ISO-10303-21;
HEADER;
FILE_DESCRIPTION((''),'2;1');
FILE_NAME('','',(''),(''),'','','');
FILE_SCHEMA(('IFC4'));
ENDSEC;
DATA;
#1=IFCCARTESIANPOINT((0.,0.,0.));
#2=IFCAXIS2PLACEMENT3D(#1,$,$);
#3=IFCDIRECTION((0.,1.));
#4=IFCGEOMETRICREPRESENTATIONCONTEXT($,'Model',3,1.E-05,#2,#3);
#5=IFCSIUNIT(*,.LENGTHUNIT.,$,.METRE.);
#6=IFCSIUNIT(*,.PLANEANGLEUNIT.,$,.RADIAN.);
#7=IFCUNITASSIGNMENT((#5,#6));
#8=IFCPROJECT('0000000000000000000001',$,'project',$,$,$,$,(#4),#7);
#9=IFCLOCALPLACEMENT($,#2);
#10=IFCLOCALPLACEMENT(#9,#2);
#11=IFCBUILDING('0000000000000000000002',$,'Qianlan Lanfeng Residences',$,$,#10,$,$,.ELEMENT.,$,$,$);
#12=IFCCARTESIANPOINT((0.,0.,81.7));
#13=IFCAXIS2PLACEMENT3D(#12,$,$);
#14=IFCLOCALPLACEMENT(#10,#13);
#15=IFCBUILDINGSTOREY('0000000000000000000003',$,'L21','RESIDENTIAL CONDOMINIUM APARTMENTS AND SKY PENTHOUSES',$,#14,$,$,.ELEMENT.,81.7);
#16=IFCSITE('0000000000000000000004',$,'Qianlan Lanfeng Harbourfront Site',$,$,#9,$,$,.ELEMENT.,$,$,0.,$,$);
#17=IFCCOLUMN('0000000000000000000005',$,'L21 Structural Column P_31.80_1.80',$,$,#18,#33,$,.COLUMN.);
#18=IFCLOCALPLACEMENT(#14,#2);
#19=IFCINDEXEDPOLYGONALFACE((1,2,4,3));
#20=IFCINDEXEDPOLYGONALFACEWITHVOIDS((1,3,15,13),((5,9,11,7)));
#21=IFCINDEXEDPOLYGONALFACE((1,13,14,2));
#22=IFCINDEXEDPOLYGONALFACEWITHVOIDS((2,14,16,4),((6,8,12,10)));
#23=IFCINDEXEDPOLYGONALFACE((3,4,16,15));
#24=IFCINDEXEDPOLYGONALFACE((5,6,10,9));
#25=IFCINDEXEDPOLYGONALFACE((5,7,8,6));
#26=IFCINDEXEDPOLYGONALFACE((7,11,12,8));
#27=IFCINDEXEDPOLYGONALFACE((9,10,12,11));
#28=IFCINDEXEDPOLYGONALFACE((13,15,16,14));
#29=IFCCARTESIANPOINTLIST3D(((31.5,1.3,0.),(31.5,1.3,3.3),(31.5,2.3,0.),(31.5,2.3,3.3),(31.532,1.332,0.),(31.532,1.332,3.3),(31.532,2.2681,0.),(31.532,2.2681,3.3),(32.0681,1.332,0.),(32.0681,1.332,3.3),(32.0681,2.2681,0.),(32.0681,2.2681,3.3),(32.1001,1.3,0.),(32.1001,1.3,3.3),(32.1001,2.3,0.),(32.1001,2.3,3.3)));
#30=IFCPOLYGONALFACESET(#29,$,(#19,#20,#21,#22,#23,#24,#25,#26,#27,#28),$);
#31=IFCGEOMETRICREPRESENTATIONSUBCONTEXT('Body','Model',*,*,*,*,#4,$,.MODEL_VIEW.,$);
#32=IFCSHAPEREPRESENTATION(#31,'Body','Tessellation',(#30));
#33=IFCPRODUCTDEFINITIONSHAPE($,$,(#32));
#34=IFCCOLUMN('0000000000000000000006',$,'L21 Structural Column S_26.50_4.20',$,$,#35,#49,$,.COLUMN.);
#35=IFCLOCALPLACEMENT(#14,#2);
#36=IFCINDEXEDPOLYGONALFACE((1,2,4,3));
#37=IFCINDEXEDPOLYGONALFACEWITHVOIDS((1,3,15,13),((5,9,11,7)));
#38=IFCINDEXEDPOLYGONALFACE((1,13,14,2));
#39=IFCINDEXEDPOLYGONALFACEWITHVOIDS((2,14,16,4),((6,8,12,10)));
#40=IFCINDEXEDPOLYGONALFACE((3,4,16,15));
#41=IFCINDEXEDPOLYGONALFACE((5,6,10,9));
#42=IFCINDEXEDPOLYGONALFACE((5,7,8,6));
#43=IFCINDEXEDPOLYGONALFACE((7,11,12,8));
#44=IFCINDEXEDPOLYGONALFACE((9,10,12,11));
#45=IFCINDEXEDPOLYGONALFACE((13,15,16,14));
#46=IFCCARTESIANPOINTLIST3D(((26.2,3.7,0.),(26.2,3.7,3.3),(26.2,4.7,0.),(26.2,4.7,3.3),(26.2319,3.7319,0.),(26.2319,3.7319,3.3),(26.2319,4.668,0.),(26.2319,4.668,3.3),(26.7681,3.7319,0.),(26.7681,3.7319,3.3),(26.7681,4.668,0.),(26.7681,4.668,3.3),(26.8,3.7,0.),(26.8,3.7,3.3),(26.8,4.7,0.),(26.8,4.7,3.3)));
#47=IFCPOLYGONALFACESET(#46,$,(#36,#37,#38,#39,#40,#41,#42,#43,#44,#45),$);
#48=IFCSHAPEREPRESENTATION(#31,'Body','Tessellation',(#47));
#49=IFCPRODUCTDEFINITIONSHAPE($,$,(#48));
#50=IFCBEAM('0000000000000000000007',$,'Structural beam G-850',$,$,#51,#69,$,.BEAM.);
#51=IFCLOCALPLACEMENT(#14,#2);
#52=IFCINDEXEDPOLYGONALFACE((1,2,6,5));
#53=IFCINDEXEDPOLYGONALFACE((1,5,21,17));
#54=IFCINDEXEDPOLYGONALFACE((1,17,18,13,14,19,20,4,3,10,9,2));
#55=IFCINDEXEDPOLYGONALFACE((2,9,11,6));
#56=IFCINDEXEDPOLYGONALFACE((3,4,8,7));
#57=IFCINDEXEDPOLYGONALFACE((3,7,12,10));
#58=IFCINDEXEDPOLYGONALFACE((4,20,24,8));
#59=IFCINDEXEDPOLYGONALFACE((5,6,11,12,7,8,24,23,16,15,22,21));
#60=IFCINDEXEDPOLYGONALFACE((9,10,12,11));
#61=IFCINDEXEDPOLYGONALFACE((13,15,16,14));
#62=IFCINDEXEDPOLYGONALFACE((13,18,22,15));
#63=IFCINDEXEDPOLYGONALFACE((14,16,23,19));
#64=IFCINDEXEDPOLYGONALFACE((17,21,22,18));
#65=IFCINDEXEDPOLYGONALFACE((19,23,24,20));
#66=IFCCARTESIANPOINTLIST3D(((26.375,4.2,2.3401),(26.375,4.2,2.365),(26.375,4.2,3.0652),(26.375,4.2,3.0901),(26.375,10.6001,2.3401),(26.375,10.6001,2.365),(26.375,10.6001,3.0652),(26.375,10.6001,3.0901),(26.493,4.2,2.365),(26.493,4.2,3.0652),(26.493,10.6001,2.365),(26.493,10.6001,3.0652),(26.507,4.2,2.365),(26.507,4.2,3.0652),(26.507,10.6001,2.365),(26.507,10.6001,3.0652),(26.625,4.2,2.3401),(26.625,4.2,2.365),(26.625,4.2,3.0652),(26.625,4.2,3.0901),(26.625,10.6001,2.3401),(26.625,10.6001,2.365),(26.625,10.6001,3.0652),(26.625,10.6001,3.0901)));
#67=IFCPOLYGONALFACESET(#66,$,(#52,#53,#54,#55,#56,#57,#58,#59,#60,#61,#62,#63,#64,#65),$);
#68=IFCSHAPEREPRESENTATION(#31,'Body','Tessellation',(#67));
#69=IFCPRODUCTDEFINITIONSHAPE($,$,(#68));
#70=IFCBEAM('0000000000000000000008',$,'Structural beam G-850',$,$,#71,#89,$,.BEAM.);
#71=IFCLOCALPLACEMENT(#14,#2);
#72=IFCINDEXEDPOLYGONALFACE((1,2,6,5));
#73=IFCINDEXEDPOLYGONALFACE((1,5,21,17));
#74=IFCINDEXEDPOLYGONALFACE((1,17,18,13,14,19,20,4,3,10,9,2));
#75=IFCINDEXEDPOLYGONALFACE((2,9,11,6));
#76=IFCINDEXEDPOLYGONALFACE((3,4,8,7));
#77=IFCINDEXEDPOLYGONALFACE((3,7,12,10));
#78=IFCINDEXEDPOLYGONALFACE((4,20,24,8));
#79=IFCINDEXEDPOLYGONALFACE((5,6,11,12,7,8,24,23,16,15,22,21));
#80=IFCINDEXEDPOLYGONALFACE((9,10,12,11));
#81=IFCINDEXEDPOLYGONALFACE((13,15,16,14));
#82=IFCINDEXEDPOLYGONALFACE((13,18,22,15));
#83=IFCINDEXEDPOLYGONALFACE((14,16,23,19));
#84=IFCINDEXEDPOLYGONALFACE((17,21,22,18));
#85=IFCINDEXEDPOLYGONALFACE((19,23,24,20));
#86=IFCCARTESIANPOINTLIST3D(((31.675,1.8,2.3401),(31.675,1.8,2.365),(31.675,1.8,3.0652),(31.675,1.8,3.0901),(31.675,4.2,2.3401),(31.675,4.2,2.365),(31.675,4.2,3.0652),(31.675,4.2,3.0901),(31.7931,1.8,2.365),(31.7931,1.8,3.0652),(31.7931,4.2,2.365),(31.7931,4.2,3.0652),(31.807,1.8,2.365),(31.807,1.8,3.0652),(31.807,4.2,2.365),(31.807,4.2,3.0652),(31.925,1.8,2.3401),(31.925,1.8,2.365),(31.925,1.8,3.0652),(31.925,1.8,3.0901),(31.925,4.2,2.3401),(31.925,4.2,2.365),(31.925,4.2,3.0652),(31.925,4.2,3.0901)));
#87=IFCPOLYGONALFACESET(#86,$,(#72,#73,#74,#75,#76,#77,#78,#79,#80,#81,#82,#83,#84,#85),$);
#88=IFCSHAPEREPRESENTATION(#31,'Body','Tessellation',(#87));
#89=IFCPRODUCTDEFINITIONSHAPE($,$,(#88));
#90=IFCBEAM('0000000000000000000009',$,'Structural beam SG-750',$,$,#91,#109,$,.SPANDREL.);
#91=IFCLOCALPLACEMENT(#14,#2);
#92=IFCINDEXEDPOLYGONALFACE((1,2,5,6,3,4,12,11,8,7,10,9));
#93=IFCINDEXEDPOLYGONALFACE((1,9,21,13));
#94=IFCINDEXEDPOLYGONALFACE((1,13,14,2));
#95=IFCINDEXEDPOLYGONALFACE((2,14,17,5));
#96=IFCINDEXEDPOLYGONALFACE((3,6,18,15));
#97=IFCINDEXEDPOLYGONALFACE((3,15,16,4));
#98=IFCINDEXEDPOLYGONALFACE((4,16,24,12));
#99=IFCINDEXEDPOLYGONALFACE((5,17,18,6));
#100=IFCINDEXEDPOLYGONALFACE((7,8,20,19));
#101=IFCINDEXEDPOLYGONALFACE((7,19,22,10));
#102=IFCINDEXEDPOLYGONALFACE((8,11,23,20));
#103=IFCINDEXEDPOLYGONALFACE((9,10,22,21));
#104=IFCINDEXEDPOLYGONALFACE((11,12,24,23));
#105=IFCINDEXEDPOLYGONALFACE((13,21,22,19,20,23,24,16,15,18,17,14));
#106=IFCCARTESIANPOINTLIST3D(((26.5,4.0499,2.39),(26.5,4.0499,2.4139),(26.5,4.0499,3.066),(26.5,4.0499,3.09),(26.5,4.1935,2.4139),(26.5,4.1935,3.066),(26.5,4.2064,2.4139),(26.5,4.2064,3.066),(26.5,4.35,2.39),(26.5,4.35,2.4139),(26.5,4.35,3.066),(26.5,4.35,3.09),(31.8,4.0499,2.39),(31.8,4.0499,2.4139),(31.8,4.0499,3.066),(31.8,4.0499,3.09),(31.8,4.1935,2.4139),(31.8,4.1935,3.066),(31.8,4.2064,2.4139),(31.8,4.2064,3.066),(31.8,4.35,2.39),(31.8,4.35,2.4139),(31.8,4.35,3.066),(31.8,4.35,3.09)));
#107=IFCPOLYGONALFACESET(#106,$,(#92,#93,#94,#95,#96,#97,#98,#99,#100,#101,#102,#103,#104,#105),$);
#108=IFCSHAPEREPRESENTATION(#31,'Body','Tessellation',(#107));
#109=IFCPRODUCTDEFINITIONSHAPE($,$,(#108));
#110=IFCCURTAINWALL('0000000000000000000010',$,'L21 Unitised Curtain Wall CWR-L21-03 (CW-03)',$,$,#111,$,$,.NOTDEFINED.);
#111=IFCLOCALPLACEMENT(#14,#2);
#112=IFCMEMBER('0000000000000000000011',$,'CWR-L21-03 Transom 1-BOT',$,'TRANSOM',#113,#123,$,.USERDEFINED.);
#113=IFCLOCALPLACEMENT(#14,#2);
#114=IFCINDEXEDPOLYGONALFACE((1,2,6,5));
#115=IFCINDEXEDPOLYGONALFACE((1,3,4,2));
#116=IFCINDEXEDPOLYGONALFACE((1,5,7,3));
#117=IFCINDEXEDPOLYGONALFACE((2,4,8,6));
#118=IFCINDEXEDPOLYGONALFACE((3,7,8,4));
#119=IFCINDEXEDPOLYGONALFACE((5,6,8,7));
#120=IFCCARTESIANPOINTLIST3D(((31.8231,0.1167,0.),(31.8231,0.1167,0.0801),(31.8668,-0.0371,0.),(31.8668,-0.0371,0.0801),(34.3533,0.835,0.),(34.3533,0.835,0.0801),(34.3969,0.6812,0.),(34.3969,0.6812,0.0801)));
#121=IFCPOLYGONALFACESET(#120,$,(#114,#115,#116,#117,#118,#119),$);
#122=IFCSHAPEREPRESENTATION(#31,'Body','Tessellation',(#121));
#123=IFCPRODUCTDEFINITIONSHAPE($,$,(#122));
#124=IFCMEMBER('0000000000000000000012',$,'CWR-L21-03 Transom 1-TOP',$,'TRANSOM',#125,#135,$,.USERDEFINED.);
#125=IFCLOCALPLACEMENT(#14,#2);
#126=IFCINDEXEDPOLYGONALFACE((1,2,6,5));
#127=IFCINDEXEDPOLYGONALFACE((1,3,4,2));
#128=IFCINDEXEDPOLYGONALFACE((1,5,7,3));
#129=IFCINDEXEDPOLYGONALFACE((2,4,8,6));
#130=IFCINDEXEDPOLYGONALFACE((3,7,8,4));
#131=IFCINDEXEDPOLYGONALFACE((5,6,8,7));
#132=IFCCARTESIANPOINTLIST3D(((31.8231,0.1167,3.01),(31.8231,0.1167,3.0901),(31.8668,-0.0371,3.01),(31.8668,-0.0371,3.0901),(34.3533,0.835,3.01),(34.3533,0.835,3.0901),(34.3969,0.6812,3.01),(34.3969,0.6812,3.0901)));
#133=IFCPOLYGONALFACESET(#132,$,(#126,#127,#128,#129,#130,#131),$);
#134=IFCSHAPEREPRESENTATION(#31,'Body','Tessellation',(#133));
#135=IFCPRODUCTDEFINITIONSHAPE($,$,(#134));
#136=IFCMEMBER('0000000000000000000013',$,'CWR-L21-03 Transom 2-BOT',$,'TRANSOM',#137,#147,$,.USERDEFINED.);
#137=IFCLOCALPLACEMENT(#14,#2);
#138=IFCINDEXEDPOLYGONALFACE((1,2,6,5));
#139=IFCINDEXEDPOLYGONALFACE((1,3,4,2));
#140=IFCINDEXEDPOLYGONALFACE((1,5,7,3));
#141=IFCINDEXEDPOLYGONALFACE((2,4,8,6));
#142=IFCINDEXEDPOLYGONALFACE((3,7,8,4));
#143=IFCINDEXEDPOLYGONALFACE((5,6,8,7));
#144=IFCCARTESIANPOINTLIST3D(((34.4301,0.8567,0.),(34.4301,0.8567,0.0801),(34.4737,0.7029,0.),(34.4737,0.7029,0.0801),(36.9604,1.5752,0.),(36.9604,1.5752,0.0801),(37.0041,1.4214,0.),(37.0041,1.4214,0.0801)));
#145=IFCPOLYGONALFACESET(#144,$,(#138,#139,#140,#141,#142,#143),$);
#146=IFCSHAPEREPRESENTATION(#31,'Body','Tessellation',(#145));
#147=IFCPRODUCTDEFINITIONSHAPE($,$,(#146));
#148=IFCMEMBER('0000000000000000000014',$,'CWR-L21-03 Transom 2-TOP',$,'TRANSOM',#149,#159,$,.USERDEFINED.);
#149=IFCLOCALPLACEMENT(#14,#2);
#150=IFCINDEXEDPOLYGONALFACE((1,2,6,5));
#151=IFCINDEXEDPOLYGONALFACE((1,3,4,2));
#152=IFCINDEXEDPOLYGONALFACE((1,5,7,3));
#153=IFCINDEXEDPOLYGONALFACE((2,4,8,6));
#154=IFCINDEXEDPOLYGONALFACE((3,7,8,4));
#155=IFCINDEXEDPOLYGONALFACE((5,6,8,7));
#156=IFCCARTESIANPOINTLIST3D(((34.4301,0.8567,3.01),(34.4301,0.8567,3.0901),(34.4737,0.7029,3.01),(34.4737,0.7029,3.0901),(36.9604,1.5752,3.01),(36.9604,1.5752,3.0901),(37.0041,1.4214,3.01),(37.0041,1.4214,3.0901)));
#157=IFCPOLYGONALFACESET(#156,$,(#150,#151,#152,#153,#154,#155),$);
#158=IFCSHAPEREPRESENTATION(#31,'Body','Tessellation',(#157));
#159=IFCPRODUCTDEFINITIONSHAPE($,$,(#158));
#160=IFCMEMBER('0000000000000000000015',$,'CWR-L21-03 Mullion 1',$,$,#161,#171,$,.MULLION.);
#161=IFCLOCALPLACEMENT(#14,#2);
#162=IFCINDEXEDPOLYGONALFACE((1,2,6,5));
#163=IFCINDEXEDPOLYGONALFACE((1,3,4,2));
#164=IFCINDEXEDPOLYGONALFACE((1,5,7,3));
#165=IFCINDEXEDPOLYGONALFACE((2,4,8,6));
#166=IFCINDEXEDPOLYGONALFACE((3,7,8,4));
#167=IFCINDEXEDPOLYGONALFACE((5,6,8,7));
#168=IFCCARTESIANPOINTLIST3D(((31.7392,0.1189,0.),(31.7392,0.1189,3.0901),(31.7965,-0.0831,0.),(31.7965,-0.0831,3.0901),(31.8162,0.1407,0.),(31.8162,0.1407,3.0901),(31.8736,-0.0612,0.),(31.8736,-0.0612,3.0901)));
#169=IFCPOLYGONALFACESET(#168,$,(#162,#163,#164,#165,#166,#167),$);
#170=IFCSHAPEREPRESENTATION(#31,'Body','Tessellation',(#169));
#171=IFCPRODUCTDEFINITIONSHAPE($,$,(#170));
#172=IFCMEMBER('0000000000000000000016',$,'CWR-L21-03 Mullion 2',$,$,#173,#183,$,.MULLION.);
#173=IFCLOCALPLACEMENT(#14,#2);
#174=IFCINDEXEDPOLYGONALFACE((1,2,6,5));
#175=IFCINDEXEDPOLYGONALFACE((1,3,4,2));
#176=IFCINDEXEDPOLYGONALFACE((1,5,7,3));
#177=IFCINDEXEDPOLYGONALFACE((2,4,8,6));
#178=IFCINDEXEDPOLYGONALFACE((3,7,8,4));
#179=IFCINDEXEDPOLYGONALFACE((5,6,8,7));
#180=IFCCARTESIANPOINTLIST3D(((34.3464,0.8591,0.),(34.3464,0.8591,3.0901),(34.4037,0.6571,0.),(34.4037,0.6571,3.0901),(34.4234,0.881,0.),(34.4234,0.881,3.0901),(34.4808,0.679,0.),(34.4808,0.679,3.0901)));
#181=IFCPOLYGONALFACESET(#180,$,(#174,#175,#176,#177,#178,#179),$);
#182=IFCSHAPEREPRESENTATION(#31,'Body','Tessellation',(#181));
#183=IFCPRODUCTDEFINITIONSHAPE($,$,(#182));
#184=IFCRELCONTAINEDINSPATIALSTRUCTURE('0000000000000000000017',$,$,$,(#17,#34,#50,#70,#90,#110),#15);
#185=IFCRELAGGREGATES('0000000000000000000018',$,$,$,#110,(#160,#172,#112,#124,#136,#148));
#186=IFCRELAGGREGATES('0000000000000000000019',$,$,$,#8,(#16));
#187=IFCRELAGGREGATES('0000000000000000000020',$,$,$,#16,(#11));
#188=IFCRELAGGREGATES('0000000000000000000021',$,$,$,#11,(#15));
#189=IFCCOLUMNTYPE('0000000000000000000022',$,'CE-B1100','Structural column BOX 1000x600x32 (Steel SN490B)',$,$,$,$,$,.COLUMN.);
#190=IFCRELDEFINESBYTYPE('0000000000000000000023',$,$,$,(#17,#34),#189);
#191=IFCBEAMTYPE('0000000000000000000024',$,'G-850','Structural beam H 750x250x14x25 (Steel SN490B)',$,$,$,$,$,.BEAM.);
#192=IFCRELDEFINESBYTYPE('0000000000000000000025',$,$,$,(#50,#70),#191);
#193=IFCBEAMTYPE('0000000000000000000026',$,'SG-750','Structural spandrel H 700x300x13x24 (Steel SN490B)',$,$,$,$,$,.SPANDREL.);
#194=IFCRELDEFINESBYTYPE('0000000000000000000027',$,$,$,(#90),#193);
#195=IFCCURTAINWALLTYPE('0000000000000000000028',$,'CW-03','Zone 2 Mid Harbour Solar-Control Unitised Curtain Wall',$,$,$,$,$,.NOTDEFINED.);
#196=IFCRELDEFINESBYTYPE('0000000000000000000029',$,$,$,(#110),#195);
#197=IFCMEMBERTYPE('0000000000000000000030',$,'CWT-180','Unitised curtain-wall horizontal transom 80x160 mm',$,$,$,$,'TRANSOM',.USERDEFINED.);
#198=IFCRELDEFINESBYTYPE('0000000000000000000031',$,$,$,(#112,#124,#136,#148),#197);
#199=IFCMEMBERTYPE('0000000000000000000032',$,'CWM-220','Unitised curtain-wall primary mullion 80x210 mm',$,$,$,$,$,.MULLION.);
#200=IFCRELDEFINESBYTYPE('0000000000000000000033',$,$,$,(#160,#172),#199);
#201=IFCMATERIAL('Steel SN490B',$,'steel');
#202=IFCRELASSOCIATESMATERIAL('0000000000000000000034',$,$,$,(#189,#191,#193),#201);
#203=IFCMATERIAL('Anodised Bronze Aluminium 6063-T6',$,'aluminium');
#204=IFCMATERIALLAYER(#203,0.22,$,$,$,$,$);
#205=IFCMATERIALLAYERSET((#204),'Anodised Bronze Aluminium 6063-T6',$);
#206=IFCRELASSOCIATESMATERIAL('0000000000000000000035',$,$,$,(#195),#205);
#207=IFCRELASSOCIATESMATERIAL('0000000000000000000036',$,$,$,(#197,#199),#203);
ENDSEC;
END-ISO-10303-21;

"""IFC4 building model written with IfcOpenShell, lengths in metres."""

from ifc_helpers import new_model, si_unit, direction, frame, origin, origin_2d, place, context, subcontext, project, spatial, rectangle, hollow_rectangle, i_section, extrude, source, transform, mapped, material, layer, layer_set, material_profile, profile_set, type_object, element, aggregate, save


model = new_model("IFC4")

# Units and contexts
model_context = context("Model", 3, precision=1e-05, world=origin(), true_north=direction((0.0, 1.0)))
body_context = subcontext(model_context, "Body", "Model", "MODEL_VIEW")
ifc_project = project(units=[si_unit("LENGTHUNIT", "METRE"), si_unit("PLANEANGLEUNIT", "RADIAN")], contexts=[model_context])

# Site, building, storey
site_placement = place(None, origin())
site = spatial("IfcSite", under=ifc_project, at=site_placement, Name="Qianlan Lanfeng Harbourfront Site", CompositionType="ELEMENT", RefElevation=0.0)
building_placement = place(site_placement, origin())
building = spatial("IfcBuilding", under=site, at=building_placement, Name="Qianlan Lanfeng Residences", CompositionType="ELEMENT")
storey_placement = place(building_placement, frame((0.0, 0.0, 81.7)))
storey = spatial("IfcBuildingStorey", under=building, at=storey_placement, Name="L21", Description="RESIDENTIAL CONDOMINIUM APARTMENTS AND SKY PENTHOUSES", CompositionType="ELEMENT", Elevation=81.7)

# Columns
ifc_material_1 = material(Name="Steel SN490B", Category="steel")
ifc_material_profile_1 = material_profile(ifc_material_1, hollow_rectangle(XDim=0.6001, YDim=1.0, WallThickness=0.032, at=origin_2d()), Name="BOX 1000x600x32")
ifc_profile_set_1 = profile_set([ifc_material_profile_1], Name="Steel SN490B")
column_type = type_object("IfcColumnType", Name="CE-B1100", Description="Structural column BOX 1000x600x32 (Steel SN490B)", PredefinedType="COLUMN", material=ifc_profile_set_1)
for number, where, z_axis, x_axis, name in (
    (1, (31.8, 1.8, 0.0), (0.0, 0.0, 1.0), (1.0, 0.0, 0.0), "L21 Structural Column P_31.80_1.80"),
    (2, (26.5, 4.2, 0.0), (0.0, 0.0, 1.0), (1.0, 0.0, 0.0), "L21 Structural Column S_26.50_4.20"),
):
    element("IfcColumn", number, at=place(storey_placement, frame(where, z_axis=z_axis, x_axis=x_axis)), inside=storey, type_object=column_type, Name=name, PredefinedType="COLUMN", context=body_context, shape_type="SweptSolid", body=[
        extrude(hollow_rectangle(XDim=0.6001, YDim=1.0, WallThickness=0.032, at=origin_2d()), origin(), (0.0, 0.0, 1.0), 3.3),
    ])

# Beams
ifc_material_profile_2 = material_profile(ifc_material_1, i_section(OverallWidth=0.25, OverallDepth=0.75, WebThickness=0.0139, FlangeThickness=0.0249, at=origin_2d()), Name="H 750x250x14x25")
ifc_profile_set_2 = profile_set([ifc_material_profile_2], Name="Steel SN490B")
beam_type_1 = type_object("IfcBeamType", Name="G-850", Description="Structural beam H 750x250x14x25 (Steel SN490B)", PredefinedType="BEAM", material=ifc_profile_set_2)
beam_1_placement = place(storey_placement, frame((26.5, 4.2, 2.7151), z_axis=(0.0, 1.0, 0.0), x_axis=(-1.0, 0.0, 0.0)))
element("IfcBeam", 3, at=beam_1_placement, inside=storey, type_object=beam_type_1, Name="Structural beam G-850", PredefinedType="BEAM", context=body_context, shape_type="SweptSolid", body=[
    extrude(i_section(OverallWidth=0.25, OverallDepth=0.75, WebThickness=0.0139, FlangeThickness=0.0249, at=origin_2d()), origin(), (0.0, 0.0, 1.0), 6.4001),
])
beam_2_placement = place(storey_placement, frame((31.8, 1.8, 2.7151), z_axis=(0.0, 1.0, 0.0), x_axis=(-1.0, 0.0, 0.0)))
element("IfcBeam", 4, at=beam_2_placement, inside=storey, type_object=beam_type_1, Name="Structural beam G-850", PredefinedType="BEAM", context=body_context, shape_type="SweptSolid", body=[
    extrude(i_section(OverallWidth=0.25, OverallDepth=0.75, WebThickness=0.0139, FlangeThickness=0.0249, at=origin_2d()), origin(), (0.0, 0.0, 1.0), 2.3999),
])
ifc_material_profile_3 = material_profile(ifc_material_1, i_section(OverallWidth=0.3, OverallDepth=0.7, WebThickness=0.0129, FlangeThickness=0.0239, at=origin_2d()), Name="H 700x300x13x24")
ifc_profile_set_3 = profile_set([ifc_material_profile_3], Name="Steel SN490B")
beam_type_2 = type_object("IfcBeamType", Name="SG-750", Description="Structural spandrel H 700x300x13x24 (Steel SN490B)", PredefinedType="SPANDREL", material=ifc_profile_set_3)
beam_3_placement = place(storey_placement, frame((26.5, 4.2, 2.74), z_axis=(1.0, 0.0, 0.0), x_axis=(0.0, 1.0, 0.0)))
element("IfcBeam", 5, at=beam_3_placement, inside=storey, type_object=beam_type_2, Name="Structural beam SG-750", PredefinedType="SPANDREL", context=body_context, shape_type="SweptSolid", body=[
    extrude(i_section(OverallWidth=0.3, OverallDepth=0.7, WebThickness=0.0129, FlangeThickness=0.0239, at=origin_2d()), origin(), (0.0, 0.0, 1.0), 5.3),
])

# Curtain wall, members
ifc_material_2 = material(Name="Anodised Bronze Aluminium 6063-T6", Category="aluminium")
ifc_layer_1 = layer(ifc_material_2, 0.22)
ifc_layer_set_1 = layer_set([ifc_layer_1], Name="Anodised Bronze Aluminium 6063-T6")
curtain_wall_type = type_object("IfcCurtainWallType", Name="CW-03", Description="Zone 2 Mid Harbour Solar-Control Unitised Curtain Wall", PredefinedType="NOTDEFINED", material=ifc_layer_set_1)
curtain_wall_placement = place(storey_placement, origin())
curtain_wall = element("IfcCurtainWall", 6, at=curtain_wall_placement, inside=storey, type_object=curtain_wall_type, Name="L21 Unitised Curtain Wall CWR-L21-03 (CW-03)", PredefinedType="NOTDEFINED")
ifc_material_profile_4 = material_profile(ifc_material_2, rectangle(XDim=0.0801, YDim=0.1599, at=origin_2d()), Name="ALU TRANSOM 80x160")
ifc_profile_set_4 = profile_set([ifc_material_profile_4], Name="Anodised Bronze Aluminium 6063-T6")
member_type_1 = type_object("IfcMemberType", Name="CWT-180", Description="Unitised curtain-wall horizontal transom 80x160 mm", ElementType="TRANSOM", PredefinedType="USERDEFINED", material=ifc_profile_set_4)
shared_shape_1 = source(origin(), body_context, "Body", "SweptSolid", [
    extrude(rectangle(XDim=0.0801, YDim=0.1599, at=origin_2d()), origin(), (0.0, 0.0, 1.0), 2.6301),
])
member_1_placement = place(storey_placement, frame((31.845, 0.0398, 0.04), z_axis=(0.961985, 0.273102, 0.0), x_axis=(0.0, 0.0, 1.0)))
member_1 = element("IfcMember", 7, at=member_1_placement, type_object=member_type_1, Name="CWR-L21-03 Transom 1-BOT", ObjectType="TRANSOM", PredefinedType="USERDEFINED", context=body_context, shape_type="MappedRepresentation", body=[
    mapped(shared_shape_1, transform((0.0, 0.0, 0.0), scale=1.0)),
])
member_2_placement = place(storey_placement, frame((31.845, 0.0398, 3.05), z_axis=(0.961985, 0.273102, 0.0), x_axis=(0.0, 0.0, 1.0)))
member_2 = element("IfcMember", 8, at=member_2_placement, type_object=member_type_1, Name="CWR-L21-03 Transom 1-TOP", ObjectType="TRANSOM", PredefinedType="USERDEFINED", context=body_context, shape_type="MappedRepresentation", body=[
    mapped(shared_shape_1, transform((0.0, 0.0, 0.0), scale=1.0)),
])
shared_shape_2 = source(origin(), body_context, "Body", "SweptSolid", [
    extrude(rectangle(XDim=0.0801, YDim=0.1599, at=origin_2d()), origin(), (0.0, 0.0, 1.0), 2.6304),
])
member_3_placement = place(storey_placement, frame((34.4519, 0.7798, 0.04), z_axis=(0.961968, 0.273164, 0.0), x_axis=(0.0, 0.0, 1.0)))
member_3 = element("IfcMember", 9, at=member_3_placement, type_object=member_type_1, Name="CWR-L21-03 Transom 2-BOT", ObjectType="TRANSOM", PredefinedType="USERDEFINED", context=body_context, shape_type="MappedRepresentation", body=[
    mapped(shared_shape_2, transform((0.0, 0.0, 0.0), scale=1.0)),
])
member_4_placement = place(storey_placement, frame((34.4519, 0.7798, 3.05), z_axis=(0.961968, 0.273164, 0.0), x_axis=(0.0, 0.0, 1.0)))
member_4 = element("IfcMember", 10, at=member_4_placement, type_object=member_type_1, Name="CWR-L21-03 Transom 2-TOP", ObjectType="TRANSOM", PredefinedType="USERDEFINED", context=body_context, shape_type="MappedRepresentation", body=[
    mapped(shared_shape_2, transform((0.0, 0.0, 0.0), scale=1.0)),
])
ifc_material_profile_5 = material_profile(ifc_material_2, rectangle(XDim=0.0801, YDim=0.21, at=origin_2d()), Name="ALU MULLION 80x210")
ifc_profile_set_5 = profile_set([ifc_material_profile_5], Name="Anodised Bronze Aluminium 6063-T6")
member_type_2 = type_object("IfcMemberType", Name="CWM-220", Description="Unitised curtain-wall primary mullion 80x210 mm", PredefinedType="MULLION", material=ifc_profile_set_5)
shared_shape_3 = source(origin(), body_context, "Body", "SweptSolid", [
    extrude(rectangle(XDim=0.0801, YDim=0.21, at=origin_2d()), origin(), (0.0, 0.0, 1.0), 3.0901),
])
member_5_placement = place(storey_placement, frame((31.8064, 0.0288, 0.0), z_axis=(0.0, 0.0, 1.0), x_axis=(0.961989, 0.273088, 0.0)))
member_5 = element("IfcMember", 11, at=member_5_placement, type_object=member_type_2, Name="CWR-L21-03 Mullion 1", PredefinedType="MULLION", context=body_context, shape_type="MappedRepresentation", body=[
    mapped(shared_shape_3, transform((0.0, 0.0, 0.0), scale=1.0)),
])
member_6_placement = place(storey_placement, frame((34.4136, 0.769, 0.0), z_axis=(0.0, 0.0, 1.0), x_axis=(0.961989, 0.273088, 0.0)))
member_6 = element("IfcMember", 12, at=member_6_placement, type_object=member_type_2, Name="CWR-L21-03 Mullion 2", PredefinedType="MULLION", context=body_context, shape_type="MappedRepresentation", body=[
    mapped(shared_shape_3, transform((0.0, 0.0, 0.0), scale=1.0)),
])
aggregate(curtain_wall, [member_5, member_6, member_1, member_2, member_3, member_4])

save(model, "model.ifc")
